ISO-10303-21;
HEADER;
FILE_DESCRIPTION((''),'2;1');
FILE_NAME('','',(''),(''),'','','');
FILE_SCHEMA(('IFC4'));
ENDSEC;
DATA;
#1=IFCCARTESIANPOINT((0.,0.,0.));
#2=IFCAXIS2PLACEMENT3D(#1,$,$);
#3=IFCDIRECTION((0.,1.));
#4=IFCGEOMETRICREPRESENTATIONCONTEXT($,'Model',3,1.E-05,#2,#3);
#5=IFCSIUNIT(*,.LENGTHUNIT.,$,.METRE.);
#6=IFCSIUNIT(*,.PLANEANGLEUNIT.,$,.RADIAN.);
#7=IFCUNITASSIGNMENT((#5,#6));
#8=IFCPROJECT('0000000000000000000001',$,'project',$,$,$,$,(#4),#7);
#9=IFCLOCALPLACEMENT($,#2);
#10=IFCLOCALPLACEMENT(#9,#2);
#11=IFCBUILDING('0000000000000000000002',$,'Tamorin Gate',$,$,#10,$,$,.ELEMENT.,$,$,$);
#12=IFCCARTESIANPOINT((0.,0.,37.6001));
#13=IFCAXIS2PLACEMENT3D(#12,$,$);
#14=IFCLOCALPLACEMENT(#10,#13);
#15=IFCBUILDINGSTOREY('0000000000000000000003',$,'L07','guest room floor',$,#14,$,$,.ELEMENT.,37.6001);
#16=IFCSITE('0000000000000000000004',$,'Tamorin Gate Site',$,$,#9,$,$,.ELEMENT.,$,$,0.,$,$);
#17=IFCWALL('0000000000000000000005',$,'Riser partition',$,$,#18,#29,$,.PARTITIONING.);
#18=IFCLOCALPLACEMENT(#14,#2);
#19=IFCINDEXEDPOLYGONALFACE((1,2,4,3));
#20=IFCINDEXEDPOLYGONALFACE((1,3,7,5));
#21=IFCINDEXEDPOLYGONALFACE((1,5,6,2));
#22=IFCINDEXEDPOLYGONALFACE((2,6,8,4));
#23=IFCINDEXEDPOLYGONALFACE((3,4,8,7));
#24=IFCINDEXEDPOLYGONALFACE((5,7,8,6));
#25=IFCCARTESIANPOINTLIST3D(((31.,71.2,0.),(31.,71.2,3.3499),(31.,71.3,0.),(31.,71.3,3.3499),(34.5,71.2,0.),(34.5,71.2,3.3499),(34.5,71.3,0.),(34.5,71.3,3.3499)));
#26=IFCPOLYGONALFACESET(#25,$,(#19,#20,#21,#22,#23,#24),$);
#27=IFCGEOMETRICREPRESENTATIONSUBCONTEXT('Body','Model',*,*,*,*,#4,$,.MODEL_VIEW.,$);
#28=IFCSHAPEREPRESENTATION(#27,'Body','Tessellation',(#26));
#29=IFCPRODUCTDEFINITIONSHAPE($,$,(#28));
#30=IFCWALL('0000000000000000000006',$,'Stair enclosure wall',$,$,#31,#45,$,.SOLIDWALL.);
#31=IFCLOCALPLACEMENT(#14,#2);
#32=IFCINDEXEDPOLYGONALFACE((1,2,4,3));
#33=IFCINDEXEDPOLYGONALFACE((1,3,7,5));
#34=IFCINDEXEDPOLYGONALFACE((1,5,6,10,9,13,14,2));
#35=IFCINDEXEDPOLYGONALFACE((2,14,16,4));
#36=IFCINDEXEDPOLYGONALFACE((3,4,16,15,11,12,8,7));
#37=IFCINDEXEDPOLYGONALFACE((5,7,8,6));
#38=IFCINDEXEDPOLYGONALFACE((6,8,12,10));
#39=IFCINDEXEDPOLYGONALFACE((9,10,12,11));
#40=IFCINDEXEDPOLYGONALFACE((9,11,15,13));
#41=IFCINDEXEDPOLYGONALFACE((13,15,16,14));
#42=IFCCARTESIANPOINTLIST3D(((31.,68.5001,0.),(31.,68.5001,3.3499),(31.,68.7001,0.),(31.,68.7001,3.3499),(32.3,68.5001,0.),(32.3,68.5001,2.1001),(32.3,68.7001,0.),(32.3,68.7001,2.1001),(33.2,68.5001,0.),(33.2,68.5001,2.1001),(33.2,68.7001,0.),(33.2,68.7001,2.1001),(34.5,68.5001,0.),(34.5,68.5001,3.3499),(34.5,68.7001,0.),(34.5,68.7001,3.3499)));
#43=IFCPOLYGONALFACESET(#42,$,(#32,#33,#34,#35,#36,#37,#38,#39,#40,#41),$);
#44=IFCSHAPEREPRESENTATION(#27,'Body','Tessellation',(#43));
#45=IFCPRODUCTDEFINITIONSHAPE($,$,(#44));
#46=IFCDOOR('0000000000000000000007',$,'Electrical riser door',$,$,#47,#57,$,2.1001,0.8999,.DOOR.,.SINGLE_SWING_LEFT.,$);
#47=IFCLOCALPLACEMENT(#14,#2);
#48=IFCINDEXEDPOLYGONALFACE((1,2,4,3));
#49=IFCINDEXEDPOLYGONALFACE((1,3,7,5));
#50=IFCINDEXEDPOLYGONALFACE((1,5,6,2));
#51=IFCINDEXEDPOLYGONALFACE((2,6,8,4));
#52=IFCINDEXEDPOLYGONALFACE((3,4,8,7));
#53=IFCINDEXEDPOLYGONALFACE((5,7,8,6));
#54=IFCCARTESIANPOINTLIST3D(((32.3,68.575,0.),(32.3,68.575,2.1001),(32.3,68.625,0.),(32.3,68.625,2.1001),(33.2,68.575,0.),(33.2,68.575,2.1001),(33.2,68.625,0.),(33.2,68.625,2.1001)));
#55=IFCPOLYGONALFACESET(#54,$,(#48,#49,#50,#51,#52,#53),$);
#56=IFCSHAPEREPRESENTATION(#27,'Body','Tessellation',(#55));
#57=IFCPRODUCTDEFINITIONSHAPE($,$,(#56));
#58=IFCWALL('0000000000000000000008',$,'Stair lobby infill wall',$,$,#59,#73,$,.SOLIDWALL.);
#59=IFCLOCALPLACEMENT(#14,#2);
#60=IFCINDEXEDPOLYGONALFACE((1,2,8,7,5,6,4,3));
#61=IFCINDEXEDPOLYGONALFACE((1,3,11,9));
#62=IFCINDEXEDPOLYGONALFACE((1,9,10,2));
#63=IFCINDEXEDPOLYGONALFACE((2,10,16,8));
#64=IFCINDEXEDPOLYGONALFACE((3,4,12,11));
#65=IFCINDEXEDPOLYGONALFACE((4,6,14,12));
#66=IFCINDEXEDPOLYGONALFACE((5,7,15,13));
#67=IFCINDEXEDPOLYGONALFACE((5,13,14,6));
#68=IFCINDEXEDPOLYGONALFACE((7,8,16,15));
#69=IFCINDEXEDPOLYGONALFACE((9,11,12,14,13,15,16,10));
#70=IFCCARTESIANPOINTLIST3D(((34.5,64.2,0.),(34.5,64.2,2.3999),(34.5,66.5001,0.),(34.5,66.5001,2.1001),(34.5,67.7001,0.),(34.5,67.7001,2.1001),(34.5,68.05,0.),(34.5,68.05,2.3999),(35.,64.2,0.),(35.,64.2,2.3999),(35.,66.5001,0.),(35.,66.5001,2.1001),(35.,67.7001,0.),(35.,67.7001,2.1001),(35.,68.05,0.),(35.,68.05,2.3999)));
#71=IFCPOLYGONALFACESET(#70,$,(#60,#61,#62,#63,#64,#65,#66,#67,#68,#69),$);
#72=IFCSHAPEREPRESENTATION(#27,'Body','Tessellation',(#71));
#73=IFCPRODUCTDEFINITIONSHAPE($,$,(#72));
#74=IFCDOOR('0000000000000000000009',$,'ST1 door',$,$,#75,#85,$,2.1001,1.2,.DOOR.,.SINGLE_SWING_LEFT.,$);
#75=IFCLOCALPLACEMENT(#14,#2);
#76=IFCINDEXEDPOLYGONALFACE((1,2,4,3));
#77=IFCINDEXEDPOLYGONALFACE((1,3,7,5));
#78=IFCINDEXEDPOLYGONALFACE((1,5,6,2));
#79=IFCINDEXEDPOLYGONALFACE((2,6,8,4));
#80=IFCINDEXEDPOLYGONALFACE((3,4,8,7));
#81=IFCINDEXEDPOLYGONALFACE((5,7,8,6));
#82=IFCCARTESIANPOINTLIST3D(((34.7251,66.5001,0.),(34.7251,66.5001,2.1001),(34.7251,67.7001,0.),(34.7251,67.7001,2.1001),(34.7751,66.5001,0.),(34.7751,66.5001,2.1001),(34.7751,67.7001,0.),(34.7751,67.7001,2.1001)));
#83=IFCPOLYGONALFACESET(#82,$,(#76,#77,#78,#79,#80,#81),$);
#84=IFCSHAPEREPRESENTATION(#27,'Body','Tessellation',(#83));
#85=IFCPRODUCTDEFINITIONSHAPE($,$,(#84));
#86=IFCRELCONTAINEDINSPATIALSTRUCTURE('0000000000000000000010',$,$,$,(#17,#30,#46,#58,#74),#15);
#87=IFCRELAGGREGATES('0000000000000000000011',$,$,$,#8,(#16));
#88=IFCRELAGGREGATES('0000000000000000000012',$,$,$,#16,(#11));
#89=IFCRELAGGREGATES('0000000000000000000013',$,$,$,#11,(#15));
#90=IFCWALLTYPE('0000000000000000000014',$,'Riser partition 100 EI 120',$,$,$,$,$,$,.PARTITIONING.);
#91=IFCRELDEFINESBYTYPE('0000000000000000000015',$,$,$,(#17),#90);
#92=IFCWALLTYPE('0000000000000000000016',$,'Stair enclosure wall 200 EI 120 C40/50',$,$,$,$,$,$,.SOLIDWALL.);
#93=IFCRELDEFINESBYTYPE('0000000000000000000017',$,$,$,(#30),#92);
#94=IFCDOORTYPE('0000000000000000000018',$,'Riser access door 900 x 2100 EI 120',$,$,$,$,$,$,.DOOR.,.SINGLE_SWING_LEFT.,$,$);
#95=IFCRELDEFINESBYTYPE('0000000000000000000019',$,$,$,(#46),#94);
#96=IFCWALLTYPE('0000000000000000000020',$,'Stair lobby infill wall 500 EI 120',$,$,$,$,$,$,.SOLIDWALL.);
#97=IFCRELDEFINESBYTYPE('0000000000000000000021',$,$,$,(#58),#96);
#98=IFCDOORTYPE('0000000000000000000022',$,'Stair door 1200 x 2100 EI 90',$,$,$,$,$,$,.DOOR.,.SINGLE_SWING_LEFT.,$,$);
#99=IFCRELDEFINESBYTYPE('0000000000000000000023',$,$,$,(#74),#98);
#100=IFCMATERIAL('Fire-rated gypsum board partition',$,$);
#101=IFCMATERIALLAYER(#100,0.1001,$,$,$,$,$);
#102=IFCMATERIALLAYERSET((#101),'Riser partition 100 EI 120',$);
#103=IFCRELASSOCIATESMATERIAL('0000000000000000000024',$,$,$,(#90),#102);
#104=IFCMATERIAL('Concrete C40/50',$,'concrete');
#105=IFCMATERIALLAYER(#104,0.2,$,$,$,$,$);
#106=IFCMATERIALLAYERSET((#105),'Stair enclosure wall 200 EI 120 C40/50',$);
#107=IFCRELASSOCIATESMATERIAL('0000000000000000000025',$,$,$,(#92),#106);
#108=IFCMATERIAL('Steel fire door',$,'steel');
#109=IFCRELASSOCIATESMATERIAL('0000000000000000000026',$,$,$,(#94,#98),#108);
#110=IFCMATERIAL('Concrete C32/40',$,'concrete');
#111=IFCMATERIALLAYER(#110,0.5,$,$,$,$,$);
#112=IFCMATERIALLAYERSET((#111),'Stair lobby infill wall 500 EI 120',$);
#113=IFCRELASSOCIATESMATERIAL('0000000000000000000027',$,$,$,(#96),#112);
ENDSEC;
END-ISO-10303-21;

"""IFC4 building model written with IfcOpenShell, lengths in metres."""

from ifc_helpers import new_model, si_unit, direction, frame, frame_2d, origin, place, context, subcontext, project, spatial, rectangle, extrude, material, layer, layer_set, type_object, element, fill, save


model = new_model("IFC4")

# Units and contexts
model_context = context("Model", 3, precision=1e-05, world=origin(), true_north=direction((0.0, 1.0)))
body_context = subcontext(model_context, "Body", "Model", "MODEL_VIEW")
ifc_project = project(units=[si_unit("LENGTHUNIT", "METRE"), si_unit("PLANEANGLEUNIT", "RADIAN")], contexts=[model_context])

# Site, building, storey
site_placement = place(None, origin())
site = spatial("IfcSite", under=ifc_project, at=site_placement, Name="Tamorin Gate Site", CompositionType="ELEMENT", RefElevation=0.0)
building_placement = place(site_placement, origin())
building = spatial("IfcBuilding", under=site, at=building_placement, Name="Tamorin Gate", CompositionType="ELEMENT")
storey_placement = place(building_placement, frame((0.0, 0.0, 37.6001)))
storey = spatial("IfcBuildingStorey", under=building, at=storey_placement, Name="L07", Description="guest room floor", CompositionType="ELEMENT", Elevation=37.6001)

# Shared definitions
ifc_material_1 = material(Name="Concrete C32/40", Category="concrete")

# Wall
ifc_material_2 = material(Name="Fire-rated gypsum board partition")
ifc_layer_1 = layer(ifc_material_2, 0.1001)
ifc_layer_set_1 = layer_set([ifc_layer_1], Name="Riser partition 100 EI 120")
wall_type_1 = type_object("IfcWallType", Name="Riser partition 100 EI 120", PredefinedType="PARTITIONING", material=ifc_layer_set_1)
wall_1_placement = place(storey_placement, frame((31.0, 71.25, 0.0), z_axis=(0.0, 0.0, 1.0), x_axis=(1.0, 0.0, 0.0)))
element("IfcWall", 1, at=wall_1_placement, inside=storey, type_object=wall_type_1, Name="Riser partition", PredefinedType="PARTITIONING", context=body_context, shape_type="SweptSolid", body=[
    extrude(rectangle(XDim=3.5, YDim=0.1001, at=frame_2d((1.75, 0.0))), origin(), (0.0, 0.0, 1.0), 3.3499),
])

# Walls, openings, doors
ifc_material_3 = material(Name="Concrete C40/50", Category="concrete")
ifc_layer_2 = layer(ifc_material_3, 0.2)
ifc_layer_set_2 = layer_set([ifc_layer_2], Name="Stair enclosure wall 200 EI 120 C40/50")
wall_type_2 = type_object("IfcWallType", Name="Stair enclosure wall 200 EI 120 C40/50", PredefinedType="SOLIDWALL", material=ifc_layer_set_2)
wall_2_placement = place(storey_placement, frame((31.0, 68.6001, 0.0), z_axis=(0.0, 0.0, 1.0), x_axis=(1.0, 0.0, 0.0)))
wall_2 = element("IfcWall", 2, at=wall_2_placement, inside=storey, type_object=wall_type_2, Name="Stair enclosure wall", PredefinedType="SOLIDWALL", context=body_context, shape_type="SweptSolid", body=[
    extrude(rectangle(XDim=3.5, YDim=0.2, at=frame_2d((1.75, 0.0))), origin(), (0.0, 0.0, 1.0), 3.3499),
])
opening_1_placement = place(wall_2_placement, frame((1.3, 0.0, 0.0)))
opening_1 = element("IfcOpeningElement", 3, at=opening_1_placement, cuts=wall_2, PredefinedType="OPENING", context=body_context, shape_type="SweptSolid", body=[
    extrude(rectangle(XDim=0.8999, YDim=2.1001, at=frame_2d((0.45, 1.05))), frame((0.0, 0.1099, 0.0), z_axis=(0.0, -1.0, 0.0), x_axis=(1.0, 0.0, 0.0)), (0.0, 0.0, 1.0), 0.22),
])
ifc_material_4 = material(Name="Steel fire door", Category="steel")
door_type_1 = type_object("IfcDoorType", Name="Riser access door 900 x 2100 EI 120", OperationType="SINGLE_SWING_LEFT", PredefinedType="DOOR", material=ifc_material_4)
door_1_placement = place(opening_1_placement, origin())
door_1 = element("IfcDoor", 4, at=door_1_placement, inside=storey, type_object=door_type_1, Name="Electrical riser door", OperationType="SINGLE_SWING_LEFT", OverallHeight=2.1001, OverallWidth=0.8999, PredefinedType="DOOR", context=body_context, shape_type="SweptSolid", body=[
    extrude(rectangle(XDim=0.8999, YDim=2.1001, at=frame_2d((0.45, 1.05))), frame((0.0, 0.0249, 0.0), z_axis=(0.0, -1.0, 0.0), x_axis=(1.0, 0.0, 0.0)), (0.0, 0.0, 1.0), 0.05),
])
fill(opening_1, door_1)
ifc_layer_3 = layer(ifc_material_1, 0.5)
ifc_layer_set_3 = layer_set([ifc_layer_3], Name="Stair lobby infill wall 500 EI 120")
wall_type_3 = type_object("IfcWallType", Name="Stair lobby infill wall 500 EI 120", PredefinedType="SOLIDWALL", material=ifc_layer_set_3)
wall_3_placement = place(storey_placement, frame((34.75, 64.2, 0.0), z_axis=(0.0, 0.0, 1.0), x_axis=(0.0, 1.0, 0.0)))
wall_3 = element("IfcWall", 5, at=wall_3_placement, inside=storey, type_object=wall_type_3, Name="Stair lobby infill wall", PredefinedType="SOLIDWALL", context=body_context, shape_type="SweptSolid", body=[
    extrude(rectangle(XDim=3.8501, YDim=0.5, at=frame_2d((1.925, 0.0))), origin(), (0.0, 0.0, 1.0), 2.3999),
])
opening_2_placement = place(wall_3_placement, frame((2.3, 0.0, 0.0)))
opening_2 = element("IfcOpeningElement", 6, at=opening_2_placement, cuts=wall_3, PredefinedType="OPENING", context=body_context, shape_type="SweptSolid", body=[
    extrude(rectangle(XDim=1.2, YDim=2.1001, at=frame_2d((0.6001, 1.05))), frame((0.0, 0.26, 0.0), z_axis=(0.0, -1.0, 0.0), x_axis=(1.0, 0.0, 0.0)), (0.0, 0.0, 1.0), 0.52),
])
door_type_2 = type_object("IfcDoorType", Name="Stair door 1200 x 2100 EI 90", OperationType="SINGLE_SWING_LEFT", PredefinedType="DOOR", material=ifc_material_4)
door_2_placement = place(opening_2_placement, origin())
door_2 = element("IfcDoor", 7, at=door_2_placement, inside=storey, type_object=door_type_2, Name="ST1 door", OperationType="SINGLE_SWING_LEFT", OverallHeight=2.1001, OverallWidth=1.2, PredefinedType="DOOR", context=body_context, shape_type="SweptSolid", body=[
    extrude(rectangle(XDim=1.2, YDim=2.1001, at=frame_2d((0.6001, 1.05))), frame((0.0, 0.0249, 0.0), z_axis=(0.0, -1.0, 0.0), x_axis=(1.0, 0.0, 0.0)), (0.0, 0.0, 1.0), 0.05),
])
fill(opening_2, door_2)

save(model, "model.ifc")
